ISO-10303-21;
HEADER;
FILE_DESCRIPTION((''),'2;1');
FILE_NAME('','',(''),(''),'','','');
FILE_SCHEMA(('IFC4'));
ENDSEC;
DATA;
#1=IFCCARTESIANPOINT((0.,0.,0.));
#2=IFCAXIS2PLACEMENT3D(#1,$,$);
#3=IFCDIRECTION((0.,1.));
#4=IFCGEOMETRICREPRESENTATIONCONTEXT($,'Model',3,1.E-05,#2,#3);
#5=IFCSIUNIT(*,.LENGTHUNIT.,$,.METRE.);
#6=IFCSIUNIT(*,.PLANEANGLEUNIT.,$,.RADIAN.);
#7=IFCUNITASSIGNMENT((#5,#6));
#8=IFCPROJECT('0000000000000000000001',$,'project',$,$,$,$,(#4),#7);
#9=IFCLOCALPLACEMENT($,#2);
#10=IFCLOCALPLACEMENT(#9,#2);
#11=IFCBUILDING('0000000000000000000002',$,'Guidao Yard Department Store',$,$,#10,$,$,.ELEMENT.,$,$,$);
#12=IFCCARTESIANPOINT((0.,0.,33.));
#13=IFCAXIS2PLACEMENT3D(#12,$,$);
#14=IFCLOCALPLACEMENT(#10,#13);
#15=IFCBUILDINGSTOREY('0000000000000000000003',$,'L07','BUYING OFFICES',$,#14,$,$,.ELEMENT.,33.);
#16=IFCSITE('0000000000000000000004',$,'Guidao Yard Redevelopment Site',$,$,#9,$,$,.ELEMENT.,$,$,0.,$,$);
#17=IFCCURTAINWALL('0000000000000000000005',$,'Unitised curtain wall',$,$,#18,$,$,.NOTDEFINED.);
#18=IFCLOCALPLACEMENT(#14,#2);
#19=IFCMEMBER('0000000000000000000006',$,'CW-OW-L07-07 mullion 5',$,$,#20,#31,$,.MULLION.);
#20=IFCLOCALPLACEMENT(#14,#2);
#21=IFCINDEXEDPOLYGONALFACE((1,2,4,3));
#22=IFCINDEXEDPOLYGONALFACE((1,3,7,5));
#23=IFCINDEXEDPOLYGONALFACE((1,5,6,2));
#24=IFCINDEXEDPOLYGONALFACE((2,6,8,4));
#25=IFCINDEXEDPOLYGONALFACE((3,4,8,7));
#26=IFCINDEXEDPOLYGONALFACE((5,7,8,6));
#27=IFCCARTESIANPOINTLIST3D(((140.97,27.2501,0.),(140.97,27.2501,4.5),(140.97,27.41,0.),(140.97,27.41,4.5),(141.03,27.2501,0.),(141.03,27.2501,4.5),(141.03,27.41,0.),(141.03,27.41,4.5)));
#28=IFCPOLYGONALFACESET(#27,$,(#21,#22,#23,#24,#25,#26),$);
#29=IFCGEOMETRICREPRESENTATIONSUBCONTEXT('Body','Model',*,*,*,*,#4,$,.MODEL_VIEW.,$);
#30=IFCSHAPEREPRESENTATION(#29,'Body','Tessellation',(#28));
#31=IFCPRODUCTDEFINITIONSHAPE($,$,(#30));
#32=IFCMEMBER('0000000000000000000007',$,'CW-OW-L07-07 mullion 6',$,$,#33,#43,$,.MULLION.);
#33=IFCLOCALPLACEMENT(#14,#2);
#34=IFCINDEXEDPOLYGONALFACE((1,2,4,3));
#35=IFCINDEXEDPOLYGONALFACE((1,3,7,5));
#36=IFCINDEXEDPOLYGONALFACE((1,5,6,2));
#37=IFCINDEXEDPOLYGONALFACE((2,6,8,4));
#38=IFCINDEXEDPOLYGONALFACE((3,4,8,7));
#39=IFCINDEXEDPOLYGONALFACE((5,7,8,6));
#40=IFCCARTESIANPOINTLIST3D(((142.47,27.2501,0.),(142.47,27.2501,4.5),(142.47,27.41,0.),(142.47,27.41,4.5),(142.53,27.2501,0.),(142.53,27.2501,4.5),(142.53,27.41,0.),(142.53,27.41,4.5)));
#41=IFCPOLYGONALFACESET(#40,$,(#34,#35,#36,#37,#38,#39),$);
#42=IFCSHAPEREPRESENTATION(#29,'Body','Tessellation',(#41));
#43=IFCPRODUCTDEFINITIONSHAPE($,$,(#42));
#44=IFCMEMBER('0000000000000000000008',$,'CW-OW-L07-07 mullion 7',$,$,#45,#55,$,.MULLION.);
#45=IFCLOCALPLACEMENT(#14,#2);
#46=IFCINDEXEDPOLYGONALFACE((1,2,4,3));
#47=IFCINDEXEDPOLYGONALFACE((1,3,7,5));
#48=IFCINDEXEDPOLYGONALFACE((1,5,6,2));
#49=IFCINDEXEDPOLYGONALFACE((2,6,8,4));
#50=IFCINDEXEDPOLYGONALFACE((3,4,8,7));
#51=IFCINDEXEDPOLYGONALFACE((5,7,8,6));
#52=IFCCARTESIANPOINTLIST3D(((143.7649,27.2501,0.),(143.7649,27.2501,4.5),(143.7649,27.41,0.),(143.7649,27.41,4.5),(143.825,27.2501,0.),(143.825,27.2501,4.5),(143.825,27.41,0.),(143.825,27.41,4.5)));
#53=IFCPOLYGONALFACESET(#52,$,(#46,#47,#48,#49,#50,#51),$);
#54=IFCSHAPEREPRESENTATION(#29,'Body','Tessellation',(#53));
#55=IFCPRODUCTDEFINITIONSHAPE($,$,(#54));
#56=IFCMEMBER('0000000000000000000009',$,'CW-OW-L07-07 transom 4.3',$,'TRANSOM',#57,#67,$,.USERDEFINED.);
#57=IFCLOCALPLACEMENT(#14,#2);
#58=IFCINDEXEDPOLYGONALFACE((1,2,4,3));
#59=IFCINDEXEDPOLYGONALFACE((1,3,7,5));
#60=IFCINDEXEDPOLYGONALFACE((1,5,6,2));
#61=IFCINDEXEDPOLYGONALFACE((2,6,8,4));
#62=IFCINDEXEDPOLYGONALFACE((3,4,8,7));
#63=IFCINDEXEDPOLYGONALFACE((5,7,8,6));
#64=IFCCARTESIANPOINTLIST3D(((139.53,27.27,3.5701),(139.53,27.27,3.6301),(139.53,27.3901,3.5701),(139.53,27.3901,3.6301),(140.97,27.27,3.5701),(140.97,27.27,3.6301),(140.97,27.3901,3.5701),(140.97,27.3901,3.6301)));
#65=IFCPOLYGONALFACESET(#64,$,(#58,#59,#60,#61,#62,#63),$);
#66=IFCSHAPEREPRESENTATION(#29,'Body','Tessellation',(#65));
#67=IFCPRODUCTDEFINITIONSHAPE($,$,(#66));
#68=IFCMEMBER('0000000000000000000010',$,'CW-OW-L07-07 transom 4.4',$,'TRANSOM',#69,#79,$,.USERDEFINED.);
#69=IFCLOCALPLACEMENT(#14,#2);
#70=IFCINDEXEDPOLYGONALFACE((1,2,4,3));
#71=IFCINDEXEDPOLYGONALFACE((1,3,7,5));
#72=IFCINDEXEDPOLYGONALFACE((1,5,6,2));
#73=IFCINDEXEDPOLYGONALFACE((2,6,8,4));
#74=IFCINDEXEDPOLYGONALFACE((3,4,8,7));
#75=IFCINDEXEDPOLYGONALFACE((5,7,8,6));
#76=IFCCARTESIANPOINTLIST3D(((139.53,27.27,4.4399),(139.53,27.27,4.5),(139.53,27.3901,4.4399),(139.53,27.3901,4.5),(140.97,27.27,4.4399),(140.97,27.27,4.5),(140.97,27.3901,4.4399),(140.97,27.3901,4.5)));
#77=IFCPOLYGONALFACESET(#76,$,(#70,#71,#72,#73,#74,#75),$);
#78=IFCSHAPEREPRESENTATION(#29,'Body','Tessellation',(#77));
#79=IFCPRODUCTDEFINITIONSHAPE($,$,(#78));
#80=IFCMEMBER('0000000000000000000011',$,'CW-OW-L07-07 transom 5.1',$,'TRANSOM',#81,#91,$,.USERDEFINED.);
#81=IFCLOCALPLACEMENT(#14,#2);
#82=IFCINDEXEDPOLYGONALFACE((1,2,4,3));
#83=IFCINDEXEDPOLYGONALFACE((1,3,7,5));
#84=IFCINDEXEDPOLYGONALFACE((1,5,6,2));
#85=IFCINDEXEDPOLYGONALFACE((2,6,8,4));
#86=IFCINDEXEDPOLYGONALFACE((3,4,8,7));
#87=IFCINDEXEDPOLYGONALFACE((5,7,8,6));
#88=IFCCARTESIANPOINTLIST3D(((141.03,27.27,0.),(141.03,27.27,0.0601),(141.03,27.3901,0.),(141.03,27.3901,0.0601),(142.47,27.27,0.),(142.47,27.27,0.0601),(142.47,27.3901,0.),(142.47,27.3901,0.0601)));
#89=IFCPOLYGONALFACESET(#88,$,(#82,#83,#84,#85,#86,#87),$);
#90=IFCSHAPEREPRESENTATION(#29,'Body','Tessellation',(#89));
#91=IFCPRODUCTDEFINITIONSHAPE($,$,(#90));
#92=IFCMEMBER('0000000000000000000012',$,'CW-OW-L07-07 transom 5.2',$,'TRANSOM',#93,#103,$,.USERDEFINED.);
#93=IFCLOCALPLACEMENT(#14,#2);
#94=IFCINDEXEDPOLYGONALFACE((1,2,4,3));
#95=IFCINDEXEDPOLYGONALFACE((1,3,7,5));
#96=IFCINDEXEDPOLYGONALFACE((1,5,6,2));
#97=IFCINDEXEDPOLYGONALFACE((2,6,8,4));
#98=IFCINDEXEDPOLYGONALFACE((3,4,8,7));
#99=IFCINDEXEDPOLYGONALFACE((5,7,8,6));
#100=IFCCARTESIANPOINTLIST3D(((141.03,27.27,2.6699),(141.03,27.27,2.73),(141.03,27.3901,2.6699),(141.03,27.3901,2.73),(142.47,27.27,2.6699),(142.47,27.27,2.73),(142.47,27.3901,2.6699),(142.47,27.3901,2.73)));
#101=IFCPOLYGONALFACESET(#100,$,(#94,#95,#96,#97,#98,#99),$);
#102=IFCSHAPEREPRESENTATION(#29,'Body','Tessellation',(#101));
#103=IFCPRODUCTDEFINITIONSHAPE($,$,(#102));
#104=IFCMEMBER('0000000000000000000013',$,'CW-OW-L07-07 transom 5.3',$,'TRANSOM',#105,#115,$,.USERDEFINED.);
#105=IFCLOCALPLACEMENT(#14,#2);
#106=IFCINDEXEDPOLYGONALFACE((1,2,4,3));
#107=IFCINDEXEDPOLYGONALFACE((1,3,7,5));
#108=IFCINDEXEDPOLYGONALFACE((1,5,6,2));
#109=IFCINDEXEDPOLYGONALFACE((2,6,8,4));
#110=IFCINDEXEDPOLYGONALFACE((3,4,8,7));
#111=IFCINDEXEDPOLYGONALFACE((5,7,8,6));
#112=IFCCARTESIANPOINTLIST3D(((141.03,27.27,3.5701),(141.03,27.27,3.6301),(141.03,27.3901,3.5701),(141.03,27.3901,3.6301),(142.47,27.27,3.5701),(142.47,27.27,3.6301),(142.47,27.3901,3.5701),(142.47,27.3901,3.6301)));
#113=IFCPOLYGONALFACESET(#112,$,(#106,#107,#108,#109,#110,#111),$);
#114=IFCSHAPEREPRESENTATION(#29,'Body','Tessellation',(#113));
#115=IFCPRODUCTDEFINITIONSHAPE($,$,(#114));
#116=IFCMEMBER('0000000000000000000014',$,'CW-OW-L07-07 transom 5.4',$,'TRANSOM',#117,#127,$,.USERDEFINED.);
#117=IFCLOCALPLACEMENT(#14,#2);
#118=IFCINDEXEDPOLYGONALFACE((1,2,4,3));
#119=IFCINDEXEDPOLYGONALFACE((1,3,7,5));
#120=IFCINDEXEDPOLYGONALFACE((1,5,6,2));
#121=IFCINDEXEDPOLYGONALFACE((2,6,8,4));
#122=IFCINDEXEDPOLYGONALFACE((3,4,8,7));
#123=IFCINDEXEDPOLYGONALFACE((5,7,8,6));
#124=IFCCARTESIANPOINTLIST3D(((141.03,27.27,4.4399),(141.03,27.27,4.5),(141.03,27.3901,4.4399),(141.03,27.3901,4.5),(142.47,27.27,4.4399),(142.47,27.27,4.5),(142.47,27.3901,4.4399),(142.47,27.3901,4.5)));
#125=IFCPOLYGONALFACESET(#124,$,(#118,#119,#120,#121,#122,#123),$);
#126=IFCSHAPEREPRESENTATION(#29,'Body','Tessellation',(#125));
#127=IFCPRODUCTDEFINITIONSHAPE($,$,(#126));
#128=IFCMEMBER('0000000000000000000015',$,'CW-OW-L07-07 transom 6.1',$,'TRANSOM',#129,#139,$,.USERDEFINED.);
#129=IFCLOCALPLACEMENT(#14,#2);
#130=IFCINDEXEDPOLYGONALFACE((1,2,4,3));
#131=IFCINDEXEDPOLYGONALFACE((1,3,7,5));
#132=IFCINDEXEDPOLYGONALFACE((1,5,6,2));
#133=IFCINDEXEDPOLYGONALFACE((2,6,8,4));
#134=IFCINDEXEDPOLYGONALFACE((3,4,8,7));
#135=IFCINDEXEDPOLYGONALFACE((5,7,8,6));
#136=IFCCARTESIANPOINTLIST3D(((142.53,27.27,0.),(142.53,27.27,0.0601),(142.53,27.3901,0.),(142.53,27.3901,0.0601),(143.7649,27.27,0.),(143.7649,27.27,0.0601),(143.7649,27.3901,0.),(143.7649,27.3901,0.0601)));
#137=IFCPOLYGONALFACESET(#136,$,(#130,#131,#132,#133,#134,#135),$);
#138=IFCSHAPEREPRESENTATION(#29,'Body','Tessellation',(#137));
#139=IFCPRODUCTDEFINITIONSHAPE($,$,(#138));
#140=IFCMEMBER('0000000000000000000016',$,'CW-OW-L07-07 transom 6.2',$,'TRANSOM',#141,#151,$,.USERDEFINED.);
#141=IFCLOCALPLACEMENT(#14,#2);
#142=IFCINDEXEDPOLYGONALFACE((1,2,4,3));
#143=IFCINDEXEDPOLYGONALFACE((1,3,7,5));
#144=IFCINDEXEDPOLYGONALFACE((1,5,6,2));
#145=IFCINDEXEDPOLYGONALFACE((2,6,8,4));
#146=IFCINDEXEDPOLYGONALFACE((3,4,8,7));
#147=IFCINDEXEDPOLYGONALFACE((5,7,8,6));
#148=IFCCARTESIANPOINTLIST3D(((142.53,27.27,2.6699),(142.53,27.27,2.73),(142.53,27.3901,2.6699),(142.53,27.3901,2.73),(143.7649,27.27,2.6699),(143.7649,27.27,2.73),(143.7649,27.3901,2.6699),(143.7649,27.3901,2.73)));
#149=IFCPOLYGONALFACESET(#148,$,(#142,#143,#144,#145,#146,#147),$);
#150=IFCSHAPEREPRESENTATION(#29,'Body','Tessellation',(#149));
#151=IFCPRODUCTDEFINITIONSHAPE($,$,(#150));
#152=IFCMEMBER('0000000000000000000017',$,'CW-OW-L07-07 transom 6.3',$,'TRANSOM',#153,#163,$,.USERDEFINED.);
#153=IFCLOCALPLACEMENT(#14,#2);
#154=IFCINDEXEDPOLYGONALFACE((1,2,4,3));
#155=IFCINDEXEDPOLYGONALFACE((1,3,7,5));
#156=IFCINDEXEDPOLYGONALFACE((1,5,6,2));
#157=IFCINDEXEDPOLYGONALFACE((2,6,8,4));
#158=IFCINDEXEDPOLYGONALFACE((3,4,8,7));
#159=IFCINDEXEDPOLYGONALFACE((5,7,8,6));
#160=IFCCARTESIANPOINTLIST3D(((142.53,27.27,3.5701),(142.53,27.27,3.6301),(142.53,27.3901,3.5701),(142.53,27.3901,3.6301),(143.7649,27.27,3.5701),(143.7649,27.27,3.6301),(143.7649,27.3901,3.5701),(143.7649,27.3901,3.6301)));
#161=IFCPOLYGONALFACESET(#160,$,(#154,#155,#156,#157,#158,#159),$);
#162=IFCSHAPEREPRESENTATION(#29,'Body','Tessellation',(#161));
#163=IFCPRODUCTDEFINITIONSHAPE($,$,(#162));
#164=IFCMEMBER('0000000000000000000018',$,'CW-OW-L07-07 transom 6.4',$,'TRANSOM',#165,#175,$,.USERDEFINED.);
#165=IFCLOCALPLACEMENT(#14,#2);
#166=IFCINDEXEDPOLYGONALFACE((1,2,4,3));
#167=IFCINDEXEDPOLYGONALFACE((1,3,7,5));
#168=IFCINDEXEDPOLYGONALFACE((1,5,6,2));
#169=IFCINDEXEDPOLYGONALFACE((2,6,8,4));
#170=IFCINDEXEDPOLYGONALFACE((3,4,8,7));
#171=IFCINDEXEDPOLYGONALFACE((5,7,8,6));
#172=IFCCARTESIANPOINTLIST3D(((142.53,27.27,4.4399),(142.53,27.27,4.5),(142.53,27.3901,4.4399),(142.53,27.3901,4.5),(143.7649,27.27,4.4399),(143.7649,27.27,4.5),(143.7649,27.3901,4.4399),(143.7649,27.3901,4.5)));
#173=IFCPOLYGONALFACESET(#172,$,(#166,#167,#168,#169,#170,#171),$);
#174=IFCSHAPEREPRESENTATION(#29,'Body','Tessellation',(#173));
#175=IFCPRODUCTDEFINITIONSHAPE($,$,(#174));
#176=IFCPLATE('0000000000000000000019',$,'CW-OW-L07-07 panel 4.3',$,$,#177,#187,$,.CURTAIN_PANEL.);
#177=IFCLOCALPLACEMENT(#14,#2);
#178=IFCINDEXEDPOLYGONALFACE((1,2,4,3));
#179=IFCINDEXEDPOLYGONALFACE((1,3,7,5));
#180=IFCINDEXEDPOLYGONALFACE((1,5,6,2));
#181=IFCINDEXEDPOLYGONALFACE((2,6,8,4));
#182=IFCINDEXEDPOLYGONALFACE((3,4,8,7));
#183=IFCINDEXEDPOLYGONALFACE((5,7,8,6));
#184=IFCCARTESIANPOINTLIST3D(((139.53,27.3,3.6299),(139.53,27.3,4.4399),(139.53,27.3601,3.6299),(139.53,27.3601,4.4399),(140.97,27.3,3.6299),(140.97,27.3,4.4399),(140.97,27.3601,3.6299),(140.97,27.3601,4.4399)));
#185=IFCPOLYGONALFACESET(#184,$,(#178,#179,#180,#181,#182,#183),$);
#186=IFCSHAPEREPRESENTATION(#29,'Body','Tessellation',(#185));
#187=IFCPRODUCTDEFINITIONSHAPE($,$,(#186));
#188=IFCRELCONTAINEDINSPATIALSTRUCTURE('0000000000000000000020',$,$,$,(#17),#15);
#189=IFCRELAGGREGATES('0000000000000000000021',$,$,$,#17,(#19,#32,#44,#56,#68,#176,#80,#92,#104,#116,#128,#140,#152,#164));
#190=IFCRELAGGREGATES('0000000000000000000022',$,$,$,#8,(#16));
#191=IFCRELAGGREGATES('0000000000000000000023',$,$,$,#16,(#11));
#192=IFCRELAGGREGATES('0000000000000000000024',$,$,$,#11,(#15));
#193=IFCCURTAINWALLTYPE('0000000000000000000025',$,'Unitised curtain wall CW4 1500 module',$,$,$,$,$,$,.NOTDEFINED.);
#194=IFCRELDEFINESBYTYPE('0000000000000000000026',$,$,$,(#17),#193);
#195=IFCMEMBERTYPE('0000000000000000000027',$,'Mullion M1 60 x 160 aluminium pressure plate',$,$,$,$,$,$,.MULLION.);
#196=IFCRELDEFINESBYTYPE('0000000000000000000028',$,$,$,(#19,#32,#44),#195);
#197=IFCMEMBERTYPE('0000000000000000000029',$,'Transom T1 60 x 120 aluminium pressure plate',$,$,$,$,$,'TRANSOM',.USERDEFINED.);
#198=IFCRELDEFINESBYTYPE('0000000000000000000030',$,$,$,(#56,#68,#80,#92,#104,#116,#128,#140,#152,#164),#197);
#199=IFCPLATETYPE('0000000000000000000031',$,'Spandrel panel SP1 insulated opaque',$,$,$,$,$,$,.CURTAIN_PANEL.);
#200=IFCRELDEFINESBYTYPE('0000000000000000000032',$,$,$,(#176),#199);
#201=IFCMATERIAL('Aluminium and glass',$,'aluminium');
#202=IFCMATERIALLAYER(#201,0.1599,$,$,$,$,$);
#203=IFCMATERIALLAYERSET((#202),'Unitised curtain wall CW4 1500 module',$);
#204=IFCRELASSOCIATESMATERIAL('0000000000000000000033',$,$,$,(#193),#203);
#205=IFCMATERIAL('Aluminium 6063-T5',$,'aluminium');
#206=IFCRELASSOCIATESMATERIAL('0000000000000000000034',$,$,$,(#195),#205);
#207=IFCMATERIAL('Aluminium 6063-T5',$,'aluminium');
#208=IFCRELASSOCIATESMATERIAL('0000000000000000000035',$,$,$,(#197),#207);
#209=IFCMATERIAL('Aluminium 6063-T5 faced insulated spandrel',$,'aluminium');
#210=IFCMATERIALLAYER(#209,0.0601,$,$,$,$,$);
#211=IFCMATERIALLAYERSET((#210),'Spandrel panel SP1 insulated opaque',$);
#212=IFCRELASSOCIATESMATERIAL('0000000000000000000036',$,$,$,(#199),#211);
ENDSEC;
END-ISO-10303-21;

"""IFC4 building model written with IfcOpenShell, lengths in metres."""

from ifc_helpers import new_model, si_unit, direction, frame, origin, origin_2d, place, context, subcontext, project, spatial, rectangle, extrude, material, layer, layer_set, material_profile, profile_set, type_object, element, aggregate, save


model = new_model("IFC4")

# Units and contexts
model_context = context("Model", 3, precision=1e-05, world=origin(), true_north=direction((0.0, 1.0)))
body_context = subcontext(model_context, "Body", "Model", "MODEL_VIEW")
ifc_project = project(units=[si_unit("LENGTHUNIT", "METRE"), si_unit("PLANEANGLEUNIT", "RADIAN")], contexts=[model_context])

# Site, building, storey
site_placement = place(None, origin())
site = spatial("IfcSite", under=ifc_project, at=site_placement, Name="Guidao Yard Redevelopment Site", CompositionType="ELEMENT", RefElevation=0.0)
building_placement = place(site_placement, origin())
building = spatial("IfcBuilding", under=site, at=building_placement, Name="Guidao Yard Department Store", CompositionType="ELEMENT")
storey_placement = place(building_placement, frame((0.0, 0.0, 33.0)))
storey = spatial("IfcBuildingStorey", under=building, at=storey_placement, Name="L07", Description="BUYING OFFICES", CompositionType="ELEMENT", Elevation=33.0)

# Curtain wall, members, plate
ifc_material_1 = material(Name="Aluminium and glass", Category="aluminium")
ifc_layer_1 = layer(ifc_material_1, 0.1599)
ifc_layer_set_1 = layer_set([ifc_layer_1], Name="Unitised curtain wall CW4 1500 module")
curtain_wall_type = type_object("IfcCurtainWallType", Name="Unitised curtain wall CW4 1500 module", PredefinedType="NOTDEFINED", material=ifc_layer_set_1)
curtain_wall_placement = place(storey_placement, origin())
curtain_wall = element("IfcCurtainWall", 1, at=curtain_wall_placement, inside=storey, type_object=curtain_wall_type, Name="Unitised curtain wall", PredefinedType="NOTDEFINED")
ifc_material_2 = material(Name="Aluminium 6063-T5", Category="aluminium")
ifc_material_profile_1 = material_profile(ifc_material_2, rectangle(XDim=0.0601, YDim=0.1599, at=origin_2d()), Name="Mullion M1 60 x 160 aluminium pressure plate")
ifc_profile_set_1 = profile_set([ifc_material_profile_1], Name="Aluminium 6063-T5")
member_type_1 = type_object("IfcMemberType", Name="Mullion M1 60 x 160 aluminium pressure plate", PredefinedType="MULLION", material=ifc_profile_set_1)
member_1_placement = place(storey_placement, frame((141.0, 27.3301, 0.0), z_axis=(0.0, 0.0, 1.0), x_axis=(1.0, 0.0, 0.0)))
member_1 = element("IfcMember", 2, at=member_1_placement, type_object=member_type_1, Name="CW-OW-L07-07 mullion 5", PredefinedType="MULLION", context=body_context, shape_type="SweptSolid", body=[
    extrude(rectangle(XDim=0.0601, YDim=0.1599, at=origin_2d()), origin(), (0.0, 0.0, 1.0), 4.5),
])
member_2_placement = place(storey_placement, frame((142.5, 27.3301, 0.0), z_axis=(0.0, 0.0, 1.0), x_axis=(1.0, 0.0, 0.0)))
member_2 = element("IfcMember", 3, at=member_2_placement, type_object=member_type_1, Name="CW-OW-L07-07 mullion 6", PredefinedType="MULLION", context=body_context, shape_type="SweptSolid", body=[
    extrude(rectangle(XDim=0.0601, YDim=0.1599, at=origin_2d()), origin(), (0.0, 0.0, 1.0), 4.5),
])
member_3_placement = place(storey_placement, frame((143.7949, 27.3301, 0.0), z_axis=(0.0, 0.0, 1.0), x_axis=(1.0, 0.0, 0.0)))
member_3 = element("IfcMember", 4, at=member_3_placement, type_object=member_type_1, Name="CW-OW-L07-07 mullion 7", PredefinedType="MULLION", context=body_context, shape_type="SweptSolid", body=[
    extrude(rectangle(XDim=0.0601, YDim=0.1599, at=origin_2d()), origin(), (0.0, 0.0, 1.0), 4.5),
])
ifc_material_3 = material(Name="Aluminium 6063-T5", Category="aluminium")
ifc_material_profile_2 = material_profile(ifc_material_3, rectangle(XDim=0.1201, YDim=0.0601, at=origin_2d()), Name="Transom T1 60 x 120 aluminium pressure plate")
ifc_profile_set_2 = profile_set([ifc_material_profile_2], Name="Aluminium 6063-T5")
member_type_2 = type_object("IfcMemberType", Name="Transom T1 60 x 120 aluminium pressure plate", ElementType="TRANSOM", PredefinedType="USERDEFINED", material=ifc_profile_set_2)
member_4_placement = place(storey_placement, frame((139.53, 27.3301, 3.6001), z_axis=(1.0, 0.0, 0.0), x_axis=(0.0, 1.0, 0.0)))
member_4 = element("IfcMember", 5, at=member_4_placement, type_object=member_type_2, Name="CW-OW-L07-07 transom 4.3", ObjectType="TRANSOM", PredefinedType="USERDEFINED", context=body_context, shape_type="SweptSolid", body=[
    extrude(rectangle(XDim=0.1201, YDim=0.0601, at=origin_2d()), origin(), (0.0, 0.0, 1.0), 1.4399),
])
member_5_placement = place(storey_placement, frame((139.53, 27.3301, 4.47), z_axis=(1.0, 0.0, 0.0), x_axis=(0.0, 1.0, 0.0)))
member_5 = element("IfcMember", 6, at=member_5_placement, type_object=member_type_2, Name="CW-OW-L07-07 transom 4.4", ObjectType="TRANSOM", PredefinedType="USERDEFINED", context=body_context, shape_type="SweptSolid", body=[
    extrude(rectangle(XDim=0.1201, YDim=0.0601, at=origin_2d()), origin(), (0.0, 0.0, 1.0), 1.4399),
])
member_6_placement = place(storey_placement, frame((141.03, 27.3301, 0.03), z_axis=(1.0, 0.0, 0.0), x_axis=(0.0, 1.0, 0.0)))
member_6 = element("IfcMember", 7, at=member_6_placement, type_object=member_type_2, Name="CW-OW-L07-07 transom 5.1", ObjectType="TRANSOM", PredefinedType="USERDEFINED", context=body_context, shape_type="SweptSolid", body=[
    extrude(rectangle(XDim=0.1201, YDim=0.0601, at=origin_2d()), origin(), (0.0, 0.0, 1.0), 1.4399),
])
member_7_placement = place(storey_placement, frame((141.03, 27.3301, 2.7), z_axis=(1.0, 0.0, 0.0), x_axis=(0.0, 1.0, 0.0)))
member_7 = element("IfcMember", 8, at=member_7_placement, type_object=member_type_2, Name="CW-OW-L07-07 transom 5.2", ObjectType="TRANSOM", PredefinedType="USERDEFINED", context=body_context, shape_type="SweptSolid", body=[
    extrude(rectangle(XDim=0.1201, YDim=0.0601, at=origin_2d()), origin(), (0.0, 0.0, 1.0), 1.4399),
])
member_8_placement = place(storey_placement, frame((141.03, 27.3301, 3.6001), z_axis=(1.0, 0.0, 0.0), x_axis=(0.0, 1.0, 0.0)))
member_8 = element("IfcMember", 9, at=member_8_placement, type_object=member_type_2, Name="CW-OW-L07-07 transom 5.3", ObjectType="TRANSOM", PredefinedType="USERDEFINED", context=body_context, shape_type="SweptSolid", body=[
    extrude(rectangle(XDim=0.1201, YDim=0.0601, at=origin_2d()), origin(), (0.0, 0.0, 1.0), 1.4399),
])
member_9_placement = place(storey_placement, frame((141.03, 27.3301, 4.47), z_axis=(1.0, 0.0, 0.0), x_axis=(0.0, 1.0, 0.0)))
member_9 = element("IfcMember", 10, at=member_9_placement, type_object=member_type_2, Name="CW-OW-L07-07 transom 5.4", ObjectType="TRANSOM", PredefinedType="USERDEFINED", context=body_context, shape_type="SweptSolid", body=[
    extrude(rectangle(XDim=0.1201, YDim=0.0601, at=origin_2d()), origin(), (0.0, 0.0, 1.0), 1.4399),
])
member_10_placement = place(storey_placement, frame((142.53, 27.3301, 0.03), z_axis=(1.0, 0.0, 0.0), x_axis=(0.0, 1.0, 0.0)))
member_10 = element("IfcMember", 11, at=member_10_placement, type_object=member_type_2, Name="CW-OW-L07-07 transom 6.1", ObjectType="TRANSOM", PredefinedType="USERDEFINED", context=body_context, shape_type="SweptSolid", body=[
    extrude(rectangle(XDim=0.1201, YDim=0.0601, at=origin_2d()), origin(), (0.0, 0.0, 1.0), 1.2349),
])
member_11_placement = place(storey_placement, frame((142.53, 27.3301, 2.7), z_axis=(1.0, 0.0, 0.0), x_axis=(0.0, 1.0, 0.0)))
member_11 = element("IfcMember", 12, at=member_11_placement, type_object=member_type_2, Name="CW-OW-L07-07 transom 6.2", ObjectType="TRANSOM", PredefinedType="USERDEFINED", context=body_context, shape_type="SweptSolid", body=[
    extrude(rectangle(XDim=0.1201, YDim=0.0601, at=origin_2d()), origin(), (0.0, 0.0, 1.0), 1.2349),
])
member_12_placement = place(storey_placement, frame((142.53, 27.3301, 3.6001), z_axis=(1.0, 0.0, 0.0), x_axis=(0.0, 1.0, 0.0)))
member_12 = element("IfcMember", 13, at=member_12_placement, type_object=member_type_2, Name="CW-OW-L07-07 transom 6.3", ObjectType="TRANSOM", PredefinedType="USERDEFINED", context=body_context, shape_type="SweptSolid", body=[
    extrude(rectangle(XDim=0.1201, YDim=0.0601, at=origin_2d()), origin(), (0.0, 0.0, 1.0), 1.2349),
])
member_13_placement = place(storey_placement, frame((142.53, 27.3301, 4.47), z_axis=(1.0, 0.0, 0.0), x_axis=(0.0, 1.0, 0.0)))
member_13 = element("IfcMember", 14, at=member_13_placement, type_object=member_type_2, Name="CW-OW-L07-07 transom 6.4", ObjectType="TRANSOM", PredefinedType="USERDEFINED", context=body_context, shape_type="SweptSolid", body=[
    extrude(rectangle(XDim=0.1201, YDim=0.0601, at=origin_2d()), origin(), (0.0, 0.0, 1.0), 1.2349),
])
ifc_material_4 = material(Name="Aluminium 6063-T5 faced insulated spandrel", Category="aluminium")
ifc_layer_2 = layer(ifc_material_4, 0.0601)
ifc_layer_set_2 = layer_set([ifc_layer_2], Name="Spandrel panel SP1 insulated opaque")
plate_type_1 = type_object("IfcPlateType", Name="Spandrel panel SP1 insulated opaque", PredefinedType="CURTAIN_PANEL", material=ifc_layer_set_2)
plate_1_placement = place(storey_placement, frame((140.25, 27.3301, 3.6299), z_axis=(0.0, 0.0, 1.0), x_axis=(1.0, 0.0, 0.0)))
plate_1 = element("IfcPlate", 15, at=plate_1_placement, type_object=plate_type_1, Name="CW-OW-L07-07 panel 4.3", PredefinedType="CURTAIN_PANEL", context=body_context, shape_type="SweptSolid", body=[
    extrude(rectangle(XDim=1.4399, YDim=0.0601, at=origin_2d()), origin(), (0.0, 0.0, 1.0), 0.8101),
])
aggregate(curtain_wall, [member_1, member_2, member_3, member_4, member_5, plate_1, member_6, member_7, member_8, member_9, member_10, member_11, member_12, member_13])

save(model, "model.ifc")
